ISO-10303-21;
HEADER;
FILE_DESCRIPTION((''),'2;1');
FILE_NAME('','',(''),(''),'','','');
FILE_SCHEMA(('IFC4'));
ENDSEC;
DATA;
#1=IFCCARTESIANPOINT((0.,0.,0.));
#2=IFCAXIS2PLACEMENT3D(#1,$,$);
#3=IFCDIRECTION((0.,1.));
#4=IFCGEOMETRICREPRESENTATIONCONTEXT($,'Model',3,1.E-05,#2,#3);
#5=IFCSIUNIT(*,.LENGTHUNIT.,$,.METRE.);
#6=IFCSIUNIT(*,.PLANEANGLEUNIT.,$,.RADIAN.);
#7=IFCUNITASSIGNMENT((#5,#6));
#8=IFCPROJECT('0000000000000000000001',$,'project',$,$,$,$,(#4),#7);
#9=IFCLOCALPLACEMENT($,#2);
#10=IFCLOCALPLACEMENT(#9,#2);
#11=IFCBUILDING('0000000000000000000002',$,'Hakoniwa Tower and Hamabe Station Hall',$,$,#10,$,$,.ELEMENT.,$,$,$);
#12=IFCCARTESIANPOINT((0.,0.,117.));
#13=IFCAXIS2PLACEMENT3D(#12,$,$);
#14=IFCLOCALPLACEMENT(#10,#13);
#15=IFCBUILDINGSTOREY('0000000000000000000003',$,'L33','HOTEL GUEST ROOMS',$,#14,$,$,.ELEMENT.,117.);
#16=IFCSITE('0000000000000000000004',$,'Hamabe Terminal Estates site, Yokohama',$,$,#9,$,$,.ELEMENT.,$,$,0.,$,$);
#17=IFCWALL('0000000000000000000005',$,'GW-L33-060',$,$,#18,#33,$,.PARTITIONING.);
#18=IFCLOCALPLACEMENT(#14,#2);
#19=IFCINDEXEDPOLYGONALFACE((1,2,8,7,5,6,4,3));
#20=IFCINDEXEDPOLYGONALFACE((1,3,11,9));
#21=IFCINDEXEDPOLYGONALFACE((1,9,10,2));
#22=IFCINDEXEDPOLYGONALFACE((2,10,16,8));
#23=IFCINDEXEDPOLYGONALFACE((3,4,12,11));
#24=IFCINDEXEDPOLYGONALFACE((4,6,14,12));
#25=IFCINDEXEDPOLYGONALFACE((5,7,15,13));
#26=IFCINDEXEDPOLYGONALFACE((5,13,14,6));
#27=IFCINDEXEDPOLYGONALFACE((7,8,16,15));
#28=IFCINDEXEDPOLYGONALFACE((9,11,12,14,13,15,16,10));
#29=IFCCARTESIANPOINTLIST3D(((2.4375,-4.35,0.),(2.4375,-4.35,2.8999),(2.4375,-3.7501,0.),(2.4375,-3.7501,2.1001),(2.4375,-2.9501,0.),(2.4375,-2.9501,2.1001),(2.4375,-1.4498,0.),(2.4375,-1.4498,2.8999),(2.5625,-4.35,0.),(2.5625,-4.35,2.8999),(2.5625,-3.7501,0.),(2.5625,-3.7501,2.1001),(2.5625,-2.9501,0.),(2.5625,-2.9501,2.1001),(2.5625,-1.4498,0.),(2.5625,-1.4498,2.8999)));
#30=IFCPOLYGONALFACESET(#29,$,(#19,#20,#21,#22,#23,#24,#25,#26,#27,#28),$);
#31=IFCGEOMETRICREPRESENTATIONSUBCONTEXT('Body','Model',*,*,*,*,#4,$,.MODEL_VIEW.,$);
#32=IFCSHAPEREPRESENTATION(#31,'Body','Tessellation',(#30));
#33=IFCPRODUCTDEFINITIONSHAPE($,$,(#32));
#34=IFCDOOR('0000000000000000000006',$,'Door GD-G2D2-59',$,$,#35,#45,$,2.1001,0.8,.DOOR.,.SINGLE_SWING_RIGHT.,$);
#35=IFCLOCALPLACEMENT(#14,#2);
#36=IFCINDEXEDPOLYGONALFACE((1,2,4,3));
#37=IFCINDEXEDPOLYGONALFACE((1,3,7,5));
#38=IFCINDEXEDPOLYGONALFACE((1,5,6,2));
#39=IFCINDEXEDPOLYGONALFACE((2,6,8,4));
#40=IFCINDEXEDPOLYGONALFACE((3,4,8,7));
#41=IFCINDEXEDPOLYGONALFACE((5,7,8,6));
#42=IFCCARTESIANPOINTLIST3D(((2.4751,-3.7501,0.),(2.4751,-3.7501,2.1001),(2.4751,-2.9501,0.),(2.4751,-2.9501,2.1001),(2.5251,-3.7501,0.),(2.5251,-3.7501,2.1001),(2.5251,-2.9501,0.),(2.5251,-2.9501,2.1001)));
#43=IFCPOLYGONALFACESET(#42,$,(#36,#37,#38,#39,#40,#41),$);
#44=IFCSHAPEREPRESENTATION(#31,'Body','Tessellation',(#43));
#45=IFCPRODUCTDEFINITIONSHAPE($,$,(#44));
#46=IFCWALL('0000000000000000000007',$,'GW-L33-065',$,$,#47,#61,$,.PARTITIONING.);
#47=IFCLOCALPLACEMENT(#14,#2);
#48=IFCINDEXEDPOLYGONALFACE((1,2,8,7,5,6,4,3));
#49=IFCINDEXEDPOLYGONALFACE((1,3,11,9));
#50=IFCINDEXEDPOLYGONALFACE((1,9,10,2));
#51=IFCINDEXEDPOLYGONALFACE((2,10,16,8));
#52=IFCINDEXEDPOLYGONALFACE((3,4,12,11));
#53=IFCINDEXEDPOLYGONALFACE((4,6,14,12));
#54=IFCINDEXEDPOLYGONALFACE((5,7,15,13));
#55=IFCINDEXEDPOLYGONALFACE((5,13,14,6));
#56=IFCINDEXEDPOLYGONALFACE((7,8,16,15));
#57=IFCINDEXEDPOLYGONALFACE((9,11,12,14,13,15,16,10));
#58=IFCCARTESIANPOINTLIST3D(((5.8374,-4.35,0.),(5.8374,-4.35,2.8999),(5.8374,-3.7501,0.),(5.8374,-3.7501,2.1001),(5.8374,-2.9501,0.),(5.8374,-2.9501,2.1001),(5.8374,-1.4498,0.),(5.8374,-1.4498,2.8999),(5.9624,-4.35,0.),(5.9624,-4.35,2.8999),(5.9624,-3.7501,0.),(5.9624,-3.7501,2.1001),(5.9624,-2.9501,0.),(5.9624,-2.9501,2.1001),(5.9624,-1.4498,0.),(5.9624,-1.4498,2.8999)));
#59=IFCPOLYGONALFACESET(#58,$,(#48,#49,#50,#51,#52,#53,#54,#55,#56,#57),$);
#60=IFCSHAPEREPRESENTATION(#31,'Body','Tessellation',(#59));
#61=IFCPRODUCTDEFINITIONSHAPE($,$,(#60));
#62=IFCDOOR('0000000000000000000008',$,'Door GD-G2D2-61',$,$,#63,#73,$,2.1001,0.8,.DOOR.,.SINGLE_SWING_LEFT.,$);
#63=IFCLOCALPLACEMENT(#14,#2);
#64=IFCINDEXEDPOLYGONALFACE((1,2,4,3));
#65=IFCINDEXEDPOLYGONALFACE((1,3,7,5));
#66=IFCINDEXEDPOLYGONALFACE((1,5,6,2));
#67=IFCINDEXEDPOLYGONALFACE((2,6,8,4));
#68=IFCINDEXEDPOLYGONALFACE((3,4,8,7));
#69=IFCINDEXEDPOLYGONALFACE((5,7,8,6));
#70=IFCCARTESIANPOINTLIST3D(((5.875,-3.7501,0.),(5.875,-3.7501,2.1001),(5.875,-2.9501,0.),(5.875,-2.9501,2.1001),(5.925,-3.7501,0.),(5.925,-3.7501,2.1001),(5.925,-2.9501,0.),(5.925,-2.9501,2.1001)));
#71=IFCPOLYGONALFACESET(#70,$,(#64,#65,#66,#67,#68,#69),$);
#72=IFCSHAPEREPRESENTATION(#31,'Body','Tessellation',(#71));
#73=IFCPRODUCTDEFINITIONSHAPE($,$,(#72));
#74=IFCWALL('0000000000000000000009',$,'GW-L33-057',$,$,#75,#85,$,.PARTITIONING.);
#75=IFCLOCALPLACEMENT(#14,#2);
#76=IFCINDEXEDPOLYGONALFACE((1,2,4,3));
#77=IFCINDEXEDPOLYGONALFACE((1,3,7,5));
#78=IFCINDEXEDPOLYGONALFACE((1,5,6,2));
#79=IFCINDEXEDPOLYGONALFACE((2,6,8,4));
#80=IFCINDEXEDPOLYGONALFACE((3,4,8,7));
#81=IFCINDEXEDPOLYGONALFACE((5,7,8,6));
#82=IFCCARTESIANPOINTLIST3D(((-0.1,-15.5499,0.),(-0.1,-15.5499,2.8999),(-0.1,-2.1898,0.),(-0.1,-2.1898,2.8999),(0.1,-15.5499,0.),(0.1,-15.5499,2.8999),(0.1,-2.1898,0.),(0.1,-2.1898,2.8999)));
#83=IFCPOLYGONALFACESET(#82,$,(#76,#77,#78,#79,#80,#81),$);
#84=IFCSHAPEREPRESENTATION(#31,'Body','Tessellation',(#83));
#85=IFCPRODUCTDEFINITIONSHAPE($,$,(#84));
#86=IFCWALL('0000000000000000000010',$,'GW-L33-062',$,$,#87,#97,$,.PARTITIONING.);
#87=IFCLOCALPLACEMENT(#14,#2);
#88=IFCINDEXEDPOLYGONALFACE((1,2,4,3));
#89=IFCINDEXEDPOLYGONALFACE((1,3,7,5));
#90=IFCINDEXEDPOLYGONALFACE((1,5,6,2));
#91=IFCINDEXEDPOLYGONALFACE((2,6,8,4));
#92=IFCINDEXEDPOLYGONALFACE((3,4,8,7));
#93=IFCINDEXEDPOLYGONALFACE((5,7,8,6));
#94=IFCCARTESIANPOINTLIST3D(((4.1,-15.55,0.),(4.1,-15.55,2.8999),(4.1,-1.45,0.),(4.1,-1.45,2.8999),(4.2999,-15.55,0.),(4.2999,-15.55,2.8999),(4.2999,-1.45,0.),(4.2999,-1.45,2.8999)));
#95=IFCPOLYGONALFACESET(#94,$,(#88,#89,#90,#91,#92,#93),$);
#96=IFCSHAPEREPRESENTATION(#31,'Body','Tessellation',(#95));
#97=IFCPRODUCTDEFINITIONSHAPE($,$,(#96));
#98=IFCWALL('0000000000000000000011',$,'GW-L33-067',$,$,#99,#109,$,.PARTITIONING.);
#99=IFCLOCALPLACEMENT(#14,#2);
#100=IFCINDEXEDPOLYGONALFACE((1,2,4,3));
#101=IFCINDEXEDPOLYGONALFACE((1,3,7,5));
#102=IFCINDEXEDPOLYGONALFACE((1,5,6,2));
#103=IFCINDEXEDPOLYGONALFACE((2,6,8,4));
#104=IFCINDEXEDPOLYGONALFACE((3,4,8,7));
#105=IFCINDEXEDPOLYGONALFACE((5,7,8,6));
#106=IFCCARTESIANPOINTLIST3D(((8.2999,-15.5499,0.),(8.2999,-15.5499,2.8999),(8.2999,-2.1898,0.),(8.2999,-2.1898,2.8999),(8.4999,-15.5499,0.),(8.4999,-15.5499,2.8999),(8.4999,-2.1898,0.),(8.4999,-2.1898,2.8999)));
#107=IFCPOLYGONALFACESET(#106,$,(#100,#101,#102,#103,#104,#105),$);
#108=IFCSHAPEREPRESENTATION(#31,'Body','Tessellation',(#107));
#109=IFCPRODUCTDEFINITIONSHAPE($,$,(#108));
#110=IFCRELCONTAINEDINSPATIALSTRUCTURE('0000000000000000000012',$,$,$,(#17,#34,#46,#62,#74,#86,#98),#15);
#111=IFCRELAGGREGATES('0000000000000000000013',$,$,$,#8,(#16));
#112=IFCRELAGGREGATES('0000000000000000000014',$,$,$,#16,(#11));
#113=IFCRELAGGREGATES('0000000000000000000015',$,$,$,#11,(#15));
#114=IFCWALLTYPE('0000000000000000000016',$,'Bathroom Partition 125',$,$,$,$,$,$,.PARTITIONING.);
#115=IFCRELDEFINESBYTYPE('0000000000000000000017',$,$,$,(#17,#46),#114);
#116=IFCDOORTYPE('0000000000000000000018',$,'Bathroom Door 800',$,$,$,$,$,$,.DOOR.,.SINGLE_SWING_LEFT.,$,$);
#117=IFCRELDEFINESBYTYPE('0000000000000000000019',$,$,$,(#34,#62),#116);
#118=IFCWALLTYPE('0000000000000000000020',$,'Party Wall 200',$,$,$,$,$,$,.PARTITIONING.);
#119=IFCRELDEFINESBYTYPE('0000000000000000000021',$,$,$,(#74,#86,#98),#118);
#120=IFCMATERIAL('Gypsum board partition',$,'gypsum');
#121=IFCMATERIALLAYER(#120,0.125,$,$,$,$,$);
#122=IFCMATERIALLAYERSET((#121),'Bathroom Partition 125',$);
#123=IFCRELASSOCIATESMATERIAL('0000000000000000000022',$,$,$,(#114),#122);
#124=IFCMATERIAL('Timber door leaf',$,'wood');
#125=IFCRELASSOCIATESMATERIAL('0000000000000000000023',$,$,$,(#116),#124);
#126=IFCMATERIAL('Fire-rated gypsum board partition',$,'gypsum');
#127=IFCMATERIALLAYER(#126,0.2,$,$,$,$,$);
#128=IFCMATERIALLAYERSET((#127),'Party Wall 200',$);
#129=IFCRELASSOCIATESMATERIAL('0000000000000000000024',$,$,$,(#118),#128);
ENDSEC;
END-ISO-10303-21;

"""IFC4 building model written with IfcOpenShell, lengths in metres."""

from ifc_helpers import new_model, si_unit, direction, frame, frame_2d, origin, place, context, subcontext, project, spatial, rectangle, extrude, material, layer, layer_set, type_object, element, fill, save


model = new_model("IFC4")

# Units and contexts
model_context = context("Model", 3, precision=1e-05, world=origin(), true_north=direction((0.0, 1.0)))
body_context = subcontext(model_context, "Body", "Model", "MODEL_VIEW")
ifc_project = project(units=[si_unit("LENGTHUNIT", "METRE"), si_unit("PLANEANGLEUNIT", "RADIAN")], contexts=[model_context])

# Site, building, storey
site_placement = place(None, origin())
site = spatial("IfcSite", under=ifc_project, at=site_placement, Name="Hamabe Terminal Estates site, Yokohama", CompositionType="ELEMENT", RefElevation=0.0)
building_placement = place(site_placement, origin())
building = spatial("IfcBuilding", under=site, at=building_placement, Name="Hakoniwa Tower and Hamabe Station Hall", CompositionType="ELEMENT")
storey_placement = place(building_placement, frame((0.0, 0.0, 117.0)))
storey = spatial("IfcBuildingStorey", under=building, at=storey_placement, Name="L33", Description="HOTEL GUEST ROOMS", CompositionType="ELEMENT", Elevation=117.0)

# Shared definitions
ifc_material_1 = material(Name="Gypsum board partition", Category="gypsum")
ifc_layer_1 = layer(ifc_material_1, 0.125)
ifc_layer_set_1 = layer_set([ifc_layer_1], Name="Bathroom Partition 125")
wall_type_1 = type_object("IfcWallType", Name="Bathroom Partition 125", PredefinedType="PARTITIONING", material=ifc_layer_set_1)

# Walls, openings, doors
wall_1_placement = place(storey_placement, frame((2.5, -4.3501, 0.0), z_axis=(0.0, 0.0, 1.0), x_axis=(0.0, 1.0, 0.0)))
wall_1 = element("IfcWall", 1, at=wall_1_placement, inside=storey, type_object=wall_type_1, Name="GW-L33-060", PredefinedType="PARTITIONING", context=body_context, shape_type="SweptSolid", body=[
    extrude(rectangle(XDim=2.9001, YDim=0.125, at=frame_2d((1.4502, 0.0))), origin(), (0.0, 0.0, 1.0), 2.8999),
])
opening_1_placement = place(wall_1_placement, frame((0.6001, 0.0, 0.0)))
opening_1 = element("IfcOpeningElement", 2, at=opening_1_placement, cuts=wall_1, PredefinedType="OPENING", context=body_context, shape_type="SweptSolid", body=[
    extrude(rectangle(XDim=0.8, YDim=2.1001, at=frame_2d((0.3999, 1.05))), frame((0.0, 0.0725, 0.0), z_axis=(0.0, -1.0, 0.0), x_axis=(1.0, 0.0, 0.0)), (0.0, 0.0, 1.0), 0.145),
])
ifc_material_2 = material(Name="Timber door leaf", Category="wood")
door_type = type_object("IfcDoorType", Name="Bathroom Door 800", OperationType="SINGLE_SWING_LEFT", PredefinedType="DOOR", material=ifc_material_2)
door_1_placement = place(opening_1_placement, origin())
door_1 = element("IfcDoor", 3, at=door_1_placement, inside=storey, type_object=door_type, Name="Door GD-G2D2-59", OperationType="SINGLE_SWING_RIGHT", OverallHeight=2.1001, OverallWidth=0.8, PredefinedType="DOOR", context=body_context, shape_type="SweptSolid", body=[
    extrude(rectangle(XDim=0.8, YDim=2.1001, at=frame_2d((0.3999, 1.05))), frame((0.0, 0.0249, 0.0), z_axis=(0.0, -1.0, 0.0), x_axis=(1.0, 0.0, 0.0)), (0.0, 0.0, 1.0), 0.05),
])
fill(opening_1, door_1)
wall_2_placement = place(storey_placement, frame((5.8999, -4.3501, 0.0), z_axis=(0.0, 0.0, 1.0), x_axis=(0.0, 1.0, 0.0)))
wall_2 = element("IfcWall", 4, at=wall_2_placement, inside=storey, type_object=wall_type_1, Name="GW-L33-065", PredefinedType="PARTITIONING", context=body_context, shape_type="SweptSolid", body=[
    extrude(rectangle(XDim=2.9001, YDim=0.125, at=frame_2d((1.4502, 0.0))), origin(), (0.0, 0.0, 1.0), 2.8999),
])
opening_2_placement = place(wall_2_placement, frame((0.6001, 0.0, 0.0)))
opening_2 = element("IfcOpeningElement", 5, at=opening_2_placement, cuts=wall_2, PredefinedType="OPENING", context=body_context, shape_type="SweptSolid", body=[
    extrude(rectangle(XDim=0.8, YDim=2.1001, at=frame_2d((0.3999, 1.05))), frame((0.0, 0.0725, 0.0), z_axis=(0.0, -1.0, 0.0), x_axis=(1.0, 0.0, 0.0)), (0.0, 0.0, 1.0), 0.145),
])
door_2_placement = place(opening_2_placement, origin())
door_2 = element("IfcDoor", 6, at=door_2_placement, inside=storey, type_object=door_type, Name="Door GD-G2D2-61", OperationType="SINGLE_SWING_LEFT", OverallHeight=2.1001, OverallWidth=0.8, PredefinedType="DOOR", context=body_context, shape_type="SweptSolid", body=[
    extrude(rectangle(XDim=0.8, YDim=2.1001, at=frame_2d((0.3999, 1.05))), frame((0.0, 0.0249, 0.0), z_axis=(0.0, -1.0, 0.0), x_axis=(1.0, 0.0, 0.0)), (0.0, 0.0, 1.0), 0.05),
])
fill(opening_2, door_2)

# Walls
ifc_material_3 = material(Name="Fire-rated gypsum board partition", Category="gypsum")
ifc_layer_2 = layer(ifc_material_3, 0.2)
ifc_layer_set_2 = layer_set([ifc_layer_2], Name="Party Wall 200")
wall_type_2 = type_object("IfcWallType", Name="Party Wall 200", PredefinedType="PARTITIONING", material=ifc_layer_set_2)
wall_3_placement = place(storey_placement, frame((0.0, -15.55, 0.0), z_axis=(0.0, 0.0, 1.0), x_axis=(0.0, 1.0, 0.0)))
element("IfcWall", 7, at=wall_3_placement, inside=storey, type_object=wall_type_2, Name="GW-L33-057", PredefinedType="PARTITIONING", context=body_context, shape_type="SweptSolid", body=[
    extrude(rectangle(XDim=13.3601, YDim=0.2, at=frame_2d((6.6802, 0.0))), origin(), (0.0, 0.0, 1.0), 2.8999),
])
wall_4_placement = place(storey_placement, frame((4.2, -15.55, 0.0), z_axis=(0.0, 0.0, 1.0), x_axis=(0.0, 1.0, 0.0)))
element("IfcWall", 8, at=wall_4_placement, inside=storey, type_object=wall_type_2, Name="GW-L33-062", PredefinedType="PARTITIONING", context=body_context, shape_type="SweptSolid", body=[
    extrude(rectangle(XDim=14.1001, YDim=0.2, at=frame_2d((7.05, 0.0))), origin(), (0.0, 0.0, 1.0), 2.8999),
])
wall_5_placement = place(storey_placement, frame((8.3999, -15.55, 0.0), z_axis=(0.0, 0.0, 1.0), x_axis=(0.0, 1.0, 0.0)))
element("IfcWall", 9, at=wall_5_placement, inside=storey, type_object=wall_type_2, Name="GW-L33-067", PredefinedType="PARTITIONING", context=body_context, shape_type="SweptSolid", body=[
    extrude(rectangle(XDim=13.3601, YDim=0.2, at=frame_2d((6.6802, 0.0))), origin(), (0.0, 0.0, 1.0), 2.8999),
])

save(model, "model.ifc")
